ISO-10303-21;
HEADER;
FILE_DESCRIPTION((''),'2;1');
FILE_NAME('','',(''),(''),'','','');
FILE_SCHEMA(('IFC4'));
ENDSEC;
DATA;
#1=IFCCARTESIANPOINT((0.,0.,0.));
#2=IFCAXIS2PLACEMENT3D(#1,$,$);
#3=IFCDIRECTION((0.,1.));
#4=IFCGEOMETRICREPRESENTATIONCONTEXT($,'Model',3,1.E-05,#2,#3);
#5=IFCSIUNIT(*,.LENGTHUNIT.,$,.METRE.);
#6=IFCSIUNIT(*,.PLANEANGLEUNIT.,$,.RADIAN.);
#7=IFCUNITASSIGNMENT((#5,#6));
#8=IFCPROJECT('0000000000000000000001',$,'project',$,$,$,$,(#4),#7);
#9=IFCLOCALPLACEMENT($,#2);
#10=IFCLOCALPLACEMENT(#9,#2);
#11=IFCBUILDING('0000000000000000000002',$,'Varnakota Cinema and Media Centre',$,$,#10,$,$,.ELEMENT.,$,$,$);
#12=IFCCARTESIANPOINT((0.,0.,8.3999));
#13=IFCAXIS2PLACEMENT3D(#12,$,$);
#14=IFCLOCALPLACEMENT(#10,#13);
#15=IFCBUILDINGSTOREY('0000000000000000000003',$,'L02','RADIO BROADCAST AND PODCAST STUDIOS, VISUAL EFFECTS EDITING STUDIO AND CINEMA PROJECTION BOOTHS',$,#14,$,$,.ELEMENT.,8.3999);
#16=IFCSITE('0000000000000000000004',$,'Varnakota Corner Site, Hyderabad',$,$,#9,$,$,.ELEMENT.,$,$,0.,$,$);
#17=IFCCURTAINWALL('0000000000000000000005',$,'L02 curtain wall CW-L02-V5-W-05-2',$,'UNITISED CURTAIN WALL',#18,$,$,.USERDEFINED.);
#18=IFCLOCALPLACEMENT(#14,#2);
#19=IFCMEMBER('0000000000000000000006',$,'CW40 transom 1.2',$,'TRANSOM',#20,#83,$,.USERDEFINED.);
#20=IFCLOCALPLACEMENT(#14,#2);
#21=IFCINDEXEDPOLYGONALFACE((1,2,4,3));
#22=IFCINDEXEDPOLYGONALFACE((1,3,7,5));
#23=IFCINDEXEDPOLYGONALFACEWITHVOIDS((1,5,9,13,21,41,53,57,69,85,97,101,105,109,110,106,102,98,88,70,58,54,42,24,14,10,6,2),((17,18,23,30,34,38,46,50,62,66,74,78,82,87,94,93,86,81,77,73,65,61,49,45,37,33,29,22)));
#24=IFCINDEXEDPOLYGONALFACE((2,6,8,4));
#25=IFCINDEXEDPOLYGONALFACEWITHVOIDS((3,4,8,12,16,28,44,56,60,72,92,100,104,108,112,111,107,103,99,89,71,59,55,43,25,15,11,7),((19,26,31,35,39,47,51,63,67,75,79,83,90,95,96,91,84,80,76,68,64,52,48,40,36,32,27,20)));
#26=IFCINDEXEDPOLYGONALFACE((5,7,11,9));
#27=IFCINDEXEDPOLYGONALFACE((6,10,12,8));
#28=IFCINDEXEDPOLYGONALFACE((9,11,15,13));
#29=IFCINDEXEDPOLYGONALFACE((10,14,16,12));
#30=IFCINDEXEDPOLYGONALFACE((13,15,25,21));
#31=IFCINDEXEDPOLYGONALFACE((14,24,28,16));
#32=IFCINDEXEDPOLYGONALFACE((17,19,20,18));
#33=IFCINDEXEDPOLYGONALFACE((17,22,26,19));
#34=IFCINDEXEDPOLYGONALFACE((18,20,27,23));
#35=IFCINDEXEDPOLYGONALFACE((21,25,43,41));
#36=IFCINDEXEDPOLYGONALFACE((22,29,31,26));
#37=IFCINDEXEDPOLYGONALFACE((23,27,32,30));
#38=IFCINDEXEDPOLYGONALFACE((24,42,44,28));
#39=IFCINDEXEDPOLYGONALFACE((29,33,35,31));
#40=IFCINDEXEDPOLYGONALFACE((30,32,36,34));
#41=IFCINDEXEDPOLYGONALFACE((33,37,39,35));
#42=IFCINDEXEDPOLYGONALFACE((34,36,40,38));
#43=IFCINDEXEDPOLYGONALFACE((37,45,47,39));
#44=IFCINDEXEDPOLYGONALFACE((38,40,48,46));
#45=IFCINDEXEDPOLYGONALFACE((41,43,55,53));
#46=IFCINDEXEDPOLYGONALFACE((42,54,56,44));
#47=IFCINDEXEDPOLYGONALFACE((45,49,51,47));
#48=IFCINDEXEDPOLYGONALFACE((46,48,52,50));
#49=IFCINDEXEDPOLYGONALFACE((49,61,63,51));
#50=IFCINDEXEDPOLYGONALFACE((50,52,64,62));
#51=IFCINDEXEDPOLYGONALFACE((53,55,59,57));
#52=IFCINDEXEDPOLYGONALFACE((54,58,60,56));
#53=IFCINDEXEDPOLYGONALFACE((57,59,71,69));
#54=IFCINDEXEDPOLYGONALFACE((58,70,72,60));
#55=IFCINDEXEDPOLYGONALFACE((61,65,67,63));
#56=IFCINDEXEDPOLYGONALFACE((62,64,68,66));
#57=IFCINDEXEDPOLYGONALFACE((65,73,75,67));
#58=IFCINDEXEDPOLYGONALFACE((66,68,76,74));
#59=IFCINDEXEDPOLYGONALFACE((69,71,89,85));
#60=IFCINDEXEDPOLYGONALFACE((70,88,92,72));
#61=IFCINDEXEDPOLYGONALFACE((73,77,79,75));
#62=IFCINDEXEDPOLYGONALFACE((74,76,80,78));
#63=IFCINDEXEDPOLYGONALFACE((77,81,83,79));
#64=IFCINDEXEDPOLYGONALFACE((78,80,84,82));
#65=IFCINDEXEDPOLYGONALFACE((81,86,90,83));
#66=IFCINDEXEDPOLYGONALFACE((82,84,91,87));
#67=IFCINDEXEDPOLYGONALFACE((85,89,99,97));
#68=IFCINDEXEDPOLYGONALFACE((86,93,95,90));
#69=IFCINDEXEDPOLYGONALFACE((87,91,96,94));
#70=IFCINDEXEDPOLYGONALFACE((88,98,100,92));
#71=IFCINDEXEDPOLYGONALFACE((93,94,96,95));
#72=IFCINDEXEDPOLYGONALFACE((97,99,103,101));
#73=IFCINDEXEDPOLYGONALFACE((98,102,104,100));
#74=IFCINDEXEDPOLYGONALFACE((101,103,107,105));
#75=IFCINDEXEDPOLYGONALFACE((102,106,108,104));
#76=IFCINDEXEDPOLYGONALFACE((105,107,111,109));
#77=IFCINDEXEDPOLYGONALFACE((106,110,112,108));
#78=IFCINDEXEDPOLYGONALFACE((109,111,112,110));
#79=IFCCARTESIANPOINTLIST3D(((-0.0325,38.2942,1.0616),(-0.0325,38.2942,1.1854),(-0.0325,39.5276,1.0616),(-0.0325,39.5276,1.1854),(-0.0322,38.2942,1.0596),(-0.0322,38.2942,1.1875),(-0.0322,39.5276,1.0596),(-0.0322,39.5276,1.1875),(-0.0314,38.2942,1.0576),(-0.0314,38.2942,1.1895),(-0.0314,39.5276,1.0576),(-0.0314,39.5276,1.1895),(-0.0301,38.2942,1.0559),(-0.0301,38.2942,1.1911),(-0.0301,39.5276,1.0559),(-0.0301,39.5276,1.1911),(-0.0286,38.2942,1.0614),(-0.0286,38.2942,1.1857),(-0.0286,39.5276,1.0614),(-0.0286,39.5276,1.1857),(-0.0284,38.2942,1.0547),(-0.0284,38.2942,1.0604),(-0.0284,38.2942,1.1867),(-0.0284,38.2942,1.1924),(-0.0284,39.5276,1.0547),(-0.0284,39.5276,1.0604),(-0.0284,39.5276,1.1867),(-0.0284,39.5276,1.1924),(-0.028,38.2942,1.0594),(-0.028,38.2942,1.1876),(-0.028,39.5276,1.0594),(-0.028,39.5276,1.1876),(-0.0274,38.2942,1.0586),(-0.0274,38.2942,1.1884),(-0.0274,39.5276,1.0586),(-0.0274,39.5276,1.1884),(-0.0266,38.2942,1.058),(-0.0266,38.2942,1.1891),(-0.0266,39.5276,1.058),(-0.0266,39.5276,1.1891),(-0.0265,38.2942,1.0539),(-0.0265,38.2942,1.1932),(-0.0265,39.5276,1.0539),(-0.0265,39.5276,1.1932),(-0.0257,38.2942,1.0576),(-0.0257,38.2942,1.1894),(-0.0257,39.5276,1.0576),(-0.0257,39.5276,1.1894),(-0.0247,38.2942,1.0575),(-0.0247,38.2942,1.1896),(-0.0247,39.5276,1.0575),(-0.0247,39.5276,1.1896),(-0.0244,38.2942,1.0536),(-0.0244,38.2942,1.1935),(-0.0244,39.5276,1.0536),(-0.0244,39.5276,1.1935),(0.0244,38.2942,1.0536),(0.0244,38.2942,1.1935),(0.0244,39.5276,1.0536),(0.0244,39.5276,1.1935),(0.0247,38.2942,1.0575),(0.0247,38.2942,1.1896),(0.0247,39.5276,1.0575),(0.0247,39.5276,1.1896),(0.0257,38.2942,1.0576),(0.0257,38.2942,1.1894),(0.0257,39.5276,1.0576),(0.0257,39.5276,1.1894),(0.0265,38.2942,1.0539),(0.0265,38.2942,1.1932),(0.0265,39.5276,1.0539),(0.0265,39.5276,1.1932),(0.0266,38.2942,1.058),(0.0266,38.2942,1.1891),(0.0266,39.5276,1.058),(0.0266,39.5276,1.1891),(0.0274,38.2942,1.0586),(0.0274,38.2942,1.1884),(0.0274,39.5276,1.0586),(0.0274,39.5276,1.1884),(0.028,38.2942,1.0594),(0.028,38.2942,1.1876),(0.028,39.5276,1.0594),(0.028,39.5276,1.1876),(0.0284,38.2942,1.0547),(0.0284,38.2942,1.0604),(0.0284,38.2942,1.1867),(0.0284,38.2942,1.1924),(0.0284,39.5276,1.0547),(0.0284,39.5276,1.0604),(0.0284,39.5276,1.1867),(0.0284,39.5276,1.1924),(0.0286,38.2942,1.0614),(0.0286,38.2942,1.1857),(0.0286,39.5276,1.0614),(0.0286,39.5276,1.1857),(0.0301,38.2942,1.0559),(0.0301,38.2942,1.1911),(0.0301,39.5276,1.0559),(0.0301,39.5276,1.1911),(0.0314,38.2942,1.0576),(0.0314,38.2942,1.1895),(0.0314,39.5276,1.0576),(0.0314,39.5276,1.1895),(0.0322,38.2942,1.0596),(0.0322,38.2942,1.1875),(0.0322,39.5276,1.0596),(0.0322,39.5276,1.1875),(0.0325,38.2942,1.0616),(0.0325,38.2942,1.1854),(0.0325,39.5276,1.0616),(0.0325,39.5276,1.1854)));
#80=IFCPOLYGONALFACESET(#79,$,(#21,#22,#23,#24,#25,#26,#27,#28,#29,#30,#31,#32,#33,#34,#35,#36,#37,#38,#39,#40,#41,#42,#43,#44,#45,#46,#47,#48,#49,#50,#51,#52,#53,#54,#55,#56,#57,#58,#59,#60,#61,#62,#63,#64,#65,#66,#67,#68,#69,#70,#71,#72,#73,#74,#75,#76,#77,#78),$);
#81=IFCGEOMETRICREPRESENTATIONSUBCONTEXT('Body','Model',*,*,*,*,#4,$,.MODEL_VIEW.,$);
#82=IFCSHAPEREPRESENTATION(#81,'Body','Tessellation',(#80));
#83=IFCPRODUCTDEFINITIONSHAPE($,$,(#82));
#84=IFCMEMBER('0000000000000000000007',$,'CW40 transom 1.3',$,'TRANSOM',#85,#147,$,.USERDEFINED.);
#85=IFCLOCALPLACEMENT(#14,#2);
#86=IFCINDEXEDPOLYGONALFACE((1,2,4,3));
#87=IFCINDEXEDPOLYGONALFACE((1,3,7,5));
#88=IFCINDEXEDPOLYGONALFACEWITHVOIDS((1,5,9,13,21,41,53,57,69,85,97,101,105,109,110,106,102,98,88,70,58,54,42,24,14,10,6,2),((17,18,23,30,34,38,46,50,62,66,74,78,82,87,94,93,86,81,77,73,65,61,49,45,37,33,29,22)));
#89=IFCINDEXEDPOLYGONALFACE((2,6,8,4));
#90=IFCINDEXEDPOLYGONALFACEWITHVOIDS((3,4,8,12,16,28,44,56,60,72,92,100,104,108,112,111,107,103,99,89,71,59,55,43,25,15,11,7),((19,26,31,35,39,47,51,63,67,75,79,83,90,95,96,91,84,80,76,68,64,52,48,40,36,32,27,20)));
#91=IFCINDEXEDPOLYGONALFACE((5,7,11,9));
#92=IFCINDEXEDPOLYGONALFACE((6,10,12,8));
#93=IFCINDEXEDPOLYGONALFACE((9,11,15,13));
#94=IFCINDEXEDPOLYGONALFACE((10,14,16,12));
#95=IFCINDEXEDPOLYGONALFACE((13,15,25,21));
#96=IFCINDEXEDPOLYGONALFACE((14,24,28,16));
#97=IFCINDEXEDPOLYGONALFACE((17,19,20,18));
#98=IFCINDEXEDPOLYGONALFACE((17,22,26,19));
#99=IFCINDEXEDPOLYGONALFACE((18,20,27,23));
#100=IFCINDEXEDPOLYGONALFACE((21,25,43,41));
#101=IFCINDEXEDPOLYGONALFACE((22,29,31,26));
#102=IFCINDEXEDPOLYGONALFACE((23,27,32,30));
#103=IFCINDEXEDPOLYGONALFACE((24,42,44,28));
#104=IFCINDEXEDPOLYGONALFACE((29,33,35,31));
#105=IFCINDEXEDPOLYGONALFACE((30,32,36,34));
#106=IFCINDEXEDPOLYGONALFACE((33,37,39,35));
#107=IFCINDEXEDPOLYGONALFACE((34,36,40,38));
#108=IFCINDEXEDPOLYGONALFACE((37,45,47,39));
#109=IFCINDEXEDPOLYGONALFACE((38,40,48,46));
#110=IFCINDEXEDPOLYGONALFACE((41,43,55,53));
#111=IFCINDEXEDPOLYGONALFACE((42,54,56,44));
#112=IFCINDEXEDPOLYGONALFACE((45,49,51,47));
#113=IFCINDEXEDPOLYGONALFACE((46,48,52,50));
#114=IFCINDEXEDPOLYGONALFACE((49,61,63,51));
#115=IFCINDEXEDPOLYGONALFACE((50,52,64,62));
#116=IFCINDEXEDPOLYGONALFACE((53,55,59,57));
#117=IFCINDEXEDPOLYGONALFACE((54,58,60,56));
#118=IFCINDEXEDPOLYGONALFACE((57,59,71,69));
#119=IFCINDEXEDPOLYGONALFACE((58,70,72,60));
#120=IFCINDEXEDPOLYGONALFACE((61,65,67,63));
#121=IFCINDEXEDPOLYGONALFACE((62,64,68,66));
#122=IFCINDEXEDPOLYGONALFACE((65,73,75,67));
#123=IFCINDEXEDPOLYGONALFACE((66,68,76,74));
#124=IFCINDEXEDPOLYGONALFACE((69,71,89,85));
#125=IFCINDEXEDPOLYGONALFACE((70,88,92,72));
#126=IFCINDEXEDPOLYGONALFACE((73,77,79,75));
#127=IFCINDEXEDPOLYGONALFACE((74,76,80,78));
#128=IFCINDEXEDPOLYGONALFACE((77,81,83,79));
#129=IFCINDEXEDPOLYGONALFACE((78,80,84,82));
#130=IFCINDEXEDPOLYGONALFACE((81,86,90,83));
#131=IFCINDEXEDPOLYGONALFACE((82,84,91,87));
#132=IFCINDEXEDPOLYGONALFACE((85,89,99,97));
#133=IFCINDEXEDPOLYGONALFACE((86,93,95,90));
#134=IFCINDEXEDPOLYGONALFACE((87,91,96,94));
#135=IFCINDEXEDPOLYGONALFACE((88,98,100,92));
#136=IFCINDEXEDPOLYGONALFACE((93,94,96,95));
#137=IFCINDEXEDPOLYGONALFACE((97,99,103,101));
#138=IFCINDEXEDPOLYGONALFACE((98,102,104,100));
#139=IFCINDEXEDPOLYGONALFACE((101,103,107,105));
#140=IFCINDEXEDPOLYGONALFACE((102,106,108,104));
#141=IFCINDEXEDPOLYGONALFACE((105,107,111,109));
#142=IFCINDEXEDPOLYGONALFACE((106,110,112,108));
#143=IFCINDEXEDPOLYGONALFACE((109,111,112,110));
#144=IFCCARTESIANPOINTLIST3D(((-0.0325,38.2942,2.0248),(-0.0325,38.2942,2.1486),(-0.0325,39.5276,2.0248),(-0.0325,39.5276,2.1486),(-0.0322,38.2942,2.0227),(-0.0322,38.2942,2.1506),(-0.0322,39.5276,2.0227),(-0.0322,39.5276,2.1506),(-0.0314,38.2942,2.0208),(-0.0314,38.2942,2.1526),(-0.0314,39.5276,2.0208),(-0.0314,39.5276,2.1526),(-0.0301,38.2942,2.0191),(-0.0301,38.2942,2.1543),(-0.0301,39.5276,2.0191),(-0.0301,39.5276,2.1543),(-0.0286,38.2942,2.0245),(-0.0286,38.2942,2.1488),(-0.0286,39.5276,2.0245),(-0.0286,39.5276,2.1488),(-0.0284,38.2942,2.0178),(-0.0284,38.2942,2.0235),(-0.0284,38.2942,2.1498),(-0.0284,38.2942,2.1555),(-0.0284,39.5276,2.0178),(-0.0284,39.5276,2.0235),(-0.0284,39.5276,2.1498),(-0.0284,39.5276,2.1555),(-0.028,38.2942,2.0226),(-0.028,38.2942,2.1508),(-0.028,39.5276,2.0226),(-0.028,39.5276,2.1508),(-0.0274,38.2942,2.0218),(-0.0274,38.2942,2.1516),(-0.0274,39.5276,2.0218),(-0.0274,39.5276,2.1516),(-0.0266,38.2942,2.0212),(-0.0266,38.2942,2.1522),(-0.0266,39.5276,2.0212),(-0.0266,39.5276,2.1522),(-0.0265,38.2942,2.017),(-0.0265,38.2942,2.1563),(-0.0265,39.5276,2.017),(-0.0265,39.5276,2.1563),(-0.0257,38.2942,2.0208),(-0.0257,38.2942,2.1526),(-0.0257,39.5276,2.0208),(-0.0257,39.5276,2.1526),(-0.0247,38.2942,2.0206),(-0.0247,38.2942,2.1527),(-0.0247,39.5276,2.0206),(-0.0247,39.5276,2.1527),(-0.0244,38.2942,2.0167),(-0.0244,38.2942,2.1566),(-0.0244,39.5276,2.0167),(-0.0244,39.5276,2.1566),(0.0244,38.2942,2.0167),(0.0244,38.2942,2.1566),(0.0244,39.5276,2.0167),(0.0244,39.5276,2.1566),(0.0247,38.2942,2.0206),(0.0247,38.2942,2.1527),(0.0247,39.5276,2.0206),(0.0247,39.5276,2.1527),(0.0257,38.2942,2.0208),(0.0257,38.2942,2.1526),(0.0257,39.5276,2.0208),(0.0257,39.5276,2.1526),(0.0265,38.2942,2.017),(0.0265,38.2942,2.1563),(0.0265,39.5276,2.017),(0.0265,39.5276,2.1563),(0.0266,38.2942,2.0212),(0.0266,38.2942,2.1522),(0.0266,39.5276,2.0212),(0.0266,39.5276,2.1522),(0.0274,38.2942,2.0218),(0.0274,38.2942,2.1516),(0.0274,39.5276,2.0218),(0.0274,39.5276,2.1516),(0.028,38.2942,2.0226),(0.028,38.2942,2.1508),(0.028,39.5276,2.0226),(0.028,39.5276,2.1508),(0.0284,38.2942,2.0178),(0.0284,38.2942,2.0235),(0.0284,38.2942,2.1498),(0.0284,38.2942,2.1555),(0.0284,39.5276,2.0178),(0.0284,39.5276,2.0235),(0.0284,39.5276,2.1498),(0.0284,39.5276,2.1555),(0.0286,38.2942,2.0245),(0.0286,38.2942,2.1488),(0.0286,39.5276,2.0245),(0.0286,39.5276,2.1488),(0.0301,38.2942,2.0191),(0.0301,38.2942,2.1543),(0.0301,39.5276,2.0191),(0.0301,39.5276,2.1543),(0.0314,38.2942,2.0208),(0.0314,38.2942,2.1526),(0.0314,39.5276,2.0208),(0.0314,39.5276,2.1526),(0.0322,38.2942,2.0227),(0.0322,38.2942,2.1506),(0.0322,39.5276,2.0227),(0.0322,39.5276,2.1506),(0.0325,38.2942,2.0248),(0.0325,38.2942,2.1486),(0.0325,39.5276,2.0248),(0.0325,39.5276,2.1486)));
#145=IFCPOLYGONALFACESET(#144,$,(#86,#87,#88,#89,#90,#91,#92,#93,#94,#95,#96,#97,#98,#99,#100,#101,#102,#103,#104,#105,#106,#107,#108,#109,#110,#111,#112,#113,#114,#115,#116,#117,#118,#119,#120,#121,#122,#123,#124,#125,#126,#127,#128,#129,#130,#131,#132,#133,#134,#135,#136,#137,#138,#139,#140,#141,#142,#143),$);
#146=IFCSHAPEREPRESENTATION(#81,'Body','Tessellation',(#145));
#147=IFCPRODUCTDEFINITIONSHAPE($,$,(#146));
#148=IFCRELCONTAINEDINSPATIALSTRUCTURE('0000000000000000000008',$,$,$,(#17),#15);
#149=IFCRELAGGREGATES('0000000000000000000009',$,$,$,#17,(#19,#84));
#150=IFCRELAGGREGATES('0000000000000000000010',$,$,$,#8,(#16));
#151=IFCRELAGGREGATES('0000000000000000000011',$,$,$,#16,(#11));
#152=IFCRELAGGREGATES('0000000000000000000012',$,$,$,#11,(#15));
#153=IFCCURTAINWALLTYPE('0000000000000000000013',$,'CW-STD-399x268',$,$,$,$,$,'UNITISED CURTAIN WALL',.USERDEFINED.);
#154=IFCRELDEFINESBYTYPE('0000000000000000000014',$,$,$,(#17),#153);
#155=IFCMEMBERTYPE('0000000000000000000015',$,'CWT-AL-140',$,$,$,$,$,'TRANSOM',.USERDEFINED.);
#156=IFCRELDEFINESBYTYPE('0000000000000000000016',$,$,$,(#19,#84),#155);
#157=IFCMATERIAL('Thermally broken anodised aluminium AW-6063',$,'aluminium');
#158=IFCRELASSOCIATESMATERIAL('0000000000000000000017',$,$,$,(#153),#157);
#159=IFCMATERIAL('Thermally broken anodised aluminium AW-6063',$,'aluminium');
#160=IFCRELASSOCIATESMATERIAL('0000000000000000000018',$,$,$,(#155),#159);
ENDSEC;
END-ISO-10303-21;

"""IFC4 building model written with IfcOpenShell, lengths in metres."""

from ifc_helpers import new_model, si_unit, direction, frame, origin, origin_2d, place, context, subcontext, project, spatial, hollow_rectangle, extrude, material, material_profile, profile_set, type_object, element, aggregate, save


model = new_model("IFC4")

# Units and contexts
model_context = context("Model", 3, precision=1e-05, world=origin(), true_north=direction((0.0, 1.0)))
body_context = subcontext(model_context, "Body", "Model", "MODEL_VIEW")
ifc_project = project(units=[si_unit("LENGTHUNIT", "METRE"), si_unit("PLANEANGLEUNIT", "RADIAN")], contexts=[model_context])

# Site, building, storey
site_placement = place(None, origin())
site = spatial("IfcSite", under=ifc_project, at=site_placement, Name="Varnakota Corner Site, Hyderabad", CompositionType="ELEMENT", RefElevation=0.0)
building_placement = place(site_placement, origin())
building = spatial("IfcBuilding", under=site, at=building_placement, Name="Varnakota Cinema and Media Centre", CompositionType="ELEMENT")
storey_placement = place(building_placement, frame((0.0, 0.0, 8.3999)))
storey = spatial("IfcBuildingStorey", under=building, at=storey_placement, Name="L02", Description="RADIO BROADCAST AND PODCAST STUDIOS, VISUAL EFFECTS EDITING STUDIO AND CINEMA PROJECTION BOOTHS", CompositionType="ELEMENT", Elevation=8.3999)

# Curtain wall
ifc_material_1 = material(Name="Thermally broken anodised aluminium AW-6063", Category="aluminium")
curtain_wall_type = type_object("IfcCurtainWallType", Name="CW-STD-399x268", ElementType="UNITISED CURTAIN WALL", PredefinedType="USERDEFINED", material=ifc_material_1)
curtain_wall_1_placement = place(storey_placement, origin())
curtain_wall_1 = element("IfcCurtainWall", 1, at=curtain_wall_1_placement, inside=storey, type_object=curtain_wall_type, Name="L02 curtain wall CW-L02-V5-W-05-2", ObjectType="UNITISED CURTAIN WALL", PredefinedType="USERDEFINED")

# Members
ifc_material_2 = material(Name="Thermally broken anodised aluminium AW-6063", Category="aluminium")
ifc_material_profile_1 = material_profile(ifc_material_2, hollow_rectangle(XDim=0.0649, YDim=0.1399, WallThickness=0.0039, InnerFilletRadius=0.0039, OuterFilletRadius=0.0081, at=origin_2d()), Name="AL-TRANSOM 140x65x4")
ifc_profile_set_1 = profile_set([ifc_material_profile_1], Name="Thermally broken anodised aluminium AW-6063")
member_type_1 = type_object("IfcMemberType", Name="CWT-AL-140", ElementType="TRANSOM", PredefinedType="USERDEFINED", material=ifc_profile_set_1)
member_1_placement = place(storey_placement, frame((0.0, 39.5276, 1.1235), z_axis=(0.0, -1.0, 0.0), x_axis=(1.0, 0.0, 0.0)))
member_1 = element("IfcMember", 2, at=member_1_placement, type_object=member_type_1, Name="CW40 transom 1.2", ObjectType="TRANSOM", PredefinedType="USERDEFINED", context=body_context, shape_type="SweptSolid", body=[
    extrude(hollow_rectangle(XDim=0.0649, YDim=0.1399, WallThickness=0.0039, InnerFilletRadius=0.0039, OuterFilletRadius=0.0081, at=origin_2d()), origin(), (0.0, 0.0, 1.0), 1.2334),
])
member_2_placement = place(storey_placement, frame((0.0, 39.5276, 2.0867), z_axis=(0.0, -1.0, 0.0), x_axis=(1.0, 0.0, 0.0)))
member_2 = element("IfcMember", 3, at=member_2_placement, type_object=member_type_1, Name="CW40 transom 1.3", ObjectType="TRANSOM", PredefinedType="USERDEFINED", context=body_context, shape_type="SweptSolid", body=[
    extrude(hollow_rectangle(XDim=0.0649, YDim=0.1399, WallThickness=0.0039, InnerFilletRadius=0.0039, OuterFilletRadius=0.0081, at=origin_2d()), origin(), (0.0, 0.0, 1.0), 1.2334),
])

aggregate(curtain_wall_1, [member_1, member_2])

save(model, "model.ifc")
